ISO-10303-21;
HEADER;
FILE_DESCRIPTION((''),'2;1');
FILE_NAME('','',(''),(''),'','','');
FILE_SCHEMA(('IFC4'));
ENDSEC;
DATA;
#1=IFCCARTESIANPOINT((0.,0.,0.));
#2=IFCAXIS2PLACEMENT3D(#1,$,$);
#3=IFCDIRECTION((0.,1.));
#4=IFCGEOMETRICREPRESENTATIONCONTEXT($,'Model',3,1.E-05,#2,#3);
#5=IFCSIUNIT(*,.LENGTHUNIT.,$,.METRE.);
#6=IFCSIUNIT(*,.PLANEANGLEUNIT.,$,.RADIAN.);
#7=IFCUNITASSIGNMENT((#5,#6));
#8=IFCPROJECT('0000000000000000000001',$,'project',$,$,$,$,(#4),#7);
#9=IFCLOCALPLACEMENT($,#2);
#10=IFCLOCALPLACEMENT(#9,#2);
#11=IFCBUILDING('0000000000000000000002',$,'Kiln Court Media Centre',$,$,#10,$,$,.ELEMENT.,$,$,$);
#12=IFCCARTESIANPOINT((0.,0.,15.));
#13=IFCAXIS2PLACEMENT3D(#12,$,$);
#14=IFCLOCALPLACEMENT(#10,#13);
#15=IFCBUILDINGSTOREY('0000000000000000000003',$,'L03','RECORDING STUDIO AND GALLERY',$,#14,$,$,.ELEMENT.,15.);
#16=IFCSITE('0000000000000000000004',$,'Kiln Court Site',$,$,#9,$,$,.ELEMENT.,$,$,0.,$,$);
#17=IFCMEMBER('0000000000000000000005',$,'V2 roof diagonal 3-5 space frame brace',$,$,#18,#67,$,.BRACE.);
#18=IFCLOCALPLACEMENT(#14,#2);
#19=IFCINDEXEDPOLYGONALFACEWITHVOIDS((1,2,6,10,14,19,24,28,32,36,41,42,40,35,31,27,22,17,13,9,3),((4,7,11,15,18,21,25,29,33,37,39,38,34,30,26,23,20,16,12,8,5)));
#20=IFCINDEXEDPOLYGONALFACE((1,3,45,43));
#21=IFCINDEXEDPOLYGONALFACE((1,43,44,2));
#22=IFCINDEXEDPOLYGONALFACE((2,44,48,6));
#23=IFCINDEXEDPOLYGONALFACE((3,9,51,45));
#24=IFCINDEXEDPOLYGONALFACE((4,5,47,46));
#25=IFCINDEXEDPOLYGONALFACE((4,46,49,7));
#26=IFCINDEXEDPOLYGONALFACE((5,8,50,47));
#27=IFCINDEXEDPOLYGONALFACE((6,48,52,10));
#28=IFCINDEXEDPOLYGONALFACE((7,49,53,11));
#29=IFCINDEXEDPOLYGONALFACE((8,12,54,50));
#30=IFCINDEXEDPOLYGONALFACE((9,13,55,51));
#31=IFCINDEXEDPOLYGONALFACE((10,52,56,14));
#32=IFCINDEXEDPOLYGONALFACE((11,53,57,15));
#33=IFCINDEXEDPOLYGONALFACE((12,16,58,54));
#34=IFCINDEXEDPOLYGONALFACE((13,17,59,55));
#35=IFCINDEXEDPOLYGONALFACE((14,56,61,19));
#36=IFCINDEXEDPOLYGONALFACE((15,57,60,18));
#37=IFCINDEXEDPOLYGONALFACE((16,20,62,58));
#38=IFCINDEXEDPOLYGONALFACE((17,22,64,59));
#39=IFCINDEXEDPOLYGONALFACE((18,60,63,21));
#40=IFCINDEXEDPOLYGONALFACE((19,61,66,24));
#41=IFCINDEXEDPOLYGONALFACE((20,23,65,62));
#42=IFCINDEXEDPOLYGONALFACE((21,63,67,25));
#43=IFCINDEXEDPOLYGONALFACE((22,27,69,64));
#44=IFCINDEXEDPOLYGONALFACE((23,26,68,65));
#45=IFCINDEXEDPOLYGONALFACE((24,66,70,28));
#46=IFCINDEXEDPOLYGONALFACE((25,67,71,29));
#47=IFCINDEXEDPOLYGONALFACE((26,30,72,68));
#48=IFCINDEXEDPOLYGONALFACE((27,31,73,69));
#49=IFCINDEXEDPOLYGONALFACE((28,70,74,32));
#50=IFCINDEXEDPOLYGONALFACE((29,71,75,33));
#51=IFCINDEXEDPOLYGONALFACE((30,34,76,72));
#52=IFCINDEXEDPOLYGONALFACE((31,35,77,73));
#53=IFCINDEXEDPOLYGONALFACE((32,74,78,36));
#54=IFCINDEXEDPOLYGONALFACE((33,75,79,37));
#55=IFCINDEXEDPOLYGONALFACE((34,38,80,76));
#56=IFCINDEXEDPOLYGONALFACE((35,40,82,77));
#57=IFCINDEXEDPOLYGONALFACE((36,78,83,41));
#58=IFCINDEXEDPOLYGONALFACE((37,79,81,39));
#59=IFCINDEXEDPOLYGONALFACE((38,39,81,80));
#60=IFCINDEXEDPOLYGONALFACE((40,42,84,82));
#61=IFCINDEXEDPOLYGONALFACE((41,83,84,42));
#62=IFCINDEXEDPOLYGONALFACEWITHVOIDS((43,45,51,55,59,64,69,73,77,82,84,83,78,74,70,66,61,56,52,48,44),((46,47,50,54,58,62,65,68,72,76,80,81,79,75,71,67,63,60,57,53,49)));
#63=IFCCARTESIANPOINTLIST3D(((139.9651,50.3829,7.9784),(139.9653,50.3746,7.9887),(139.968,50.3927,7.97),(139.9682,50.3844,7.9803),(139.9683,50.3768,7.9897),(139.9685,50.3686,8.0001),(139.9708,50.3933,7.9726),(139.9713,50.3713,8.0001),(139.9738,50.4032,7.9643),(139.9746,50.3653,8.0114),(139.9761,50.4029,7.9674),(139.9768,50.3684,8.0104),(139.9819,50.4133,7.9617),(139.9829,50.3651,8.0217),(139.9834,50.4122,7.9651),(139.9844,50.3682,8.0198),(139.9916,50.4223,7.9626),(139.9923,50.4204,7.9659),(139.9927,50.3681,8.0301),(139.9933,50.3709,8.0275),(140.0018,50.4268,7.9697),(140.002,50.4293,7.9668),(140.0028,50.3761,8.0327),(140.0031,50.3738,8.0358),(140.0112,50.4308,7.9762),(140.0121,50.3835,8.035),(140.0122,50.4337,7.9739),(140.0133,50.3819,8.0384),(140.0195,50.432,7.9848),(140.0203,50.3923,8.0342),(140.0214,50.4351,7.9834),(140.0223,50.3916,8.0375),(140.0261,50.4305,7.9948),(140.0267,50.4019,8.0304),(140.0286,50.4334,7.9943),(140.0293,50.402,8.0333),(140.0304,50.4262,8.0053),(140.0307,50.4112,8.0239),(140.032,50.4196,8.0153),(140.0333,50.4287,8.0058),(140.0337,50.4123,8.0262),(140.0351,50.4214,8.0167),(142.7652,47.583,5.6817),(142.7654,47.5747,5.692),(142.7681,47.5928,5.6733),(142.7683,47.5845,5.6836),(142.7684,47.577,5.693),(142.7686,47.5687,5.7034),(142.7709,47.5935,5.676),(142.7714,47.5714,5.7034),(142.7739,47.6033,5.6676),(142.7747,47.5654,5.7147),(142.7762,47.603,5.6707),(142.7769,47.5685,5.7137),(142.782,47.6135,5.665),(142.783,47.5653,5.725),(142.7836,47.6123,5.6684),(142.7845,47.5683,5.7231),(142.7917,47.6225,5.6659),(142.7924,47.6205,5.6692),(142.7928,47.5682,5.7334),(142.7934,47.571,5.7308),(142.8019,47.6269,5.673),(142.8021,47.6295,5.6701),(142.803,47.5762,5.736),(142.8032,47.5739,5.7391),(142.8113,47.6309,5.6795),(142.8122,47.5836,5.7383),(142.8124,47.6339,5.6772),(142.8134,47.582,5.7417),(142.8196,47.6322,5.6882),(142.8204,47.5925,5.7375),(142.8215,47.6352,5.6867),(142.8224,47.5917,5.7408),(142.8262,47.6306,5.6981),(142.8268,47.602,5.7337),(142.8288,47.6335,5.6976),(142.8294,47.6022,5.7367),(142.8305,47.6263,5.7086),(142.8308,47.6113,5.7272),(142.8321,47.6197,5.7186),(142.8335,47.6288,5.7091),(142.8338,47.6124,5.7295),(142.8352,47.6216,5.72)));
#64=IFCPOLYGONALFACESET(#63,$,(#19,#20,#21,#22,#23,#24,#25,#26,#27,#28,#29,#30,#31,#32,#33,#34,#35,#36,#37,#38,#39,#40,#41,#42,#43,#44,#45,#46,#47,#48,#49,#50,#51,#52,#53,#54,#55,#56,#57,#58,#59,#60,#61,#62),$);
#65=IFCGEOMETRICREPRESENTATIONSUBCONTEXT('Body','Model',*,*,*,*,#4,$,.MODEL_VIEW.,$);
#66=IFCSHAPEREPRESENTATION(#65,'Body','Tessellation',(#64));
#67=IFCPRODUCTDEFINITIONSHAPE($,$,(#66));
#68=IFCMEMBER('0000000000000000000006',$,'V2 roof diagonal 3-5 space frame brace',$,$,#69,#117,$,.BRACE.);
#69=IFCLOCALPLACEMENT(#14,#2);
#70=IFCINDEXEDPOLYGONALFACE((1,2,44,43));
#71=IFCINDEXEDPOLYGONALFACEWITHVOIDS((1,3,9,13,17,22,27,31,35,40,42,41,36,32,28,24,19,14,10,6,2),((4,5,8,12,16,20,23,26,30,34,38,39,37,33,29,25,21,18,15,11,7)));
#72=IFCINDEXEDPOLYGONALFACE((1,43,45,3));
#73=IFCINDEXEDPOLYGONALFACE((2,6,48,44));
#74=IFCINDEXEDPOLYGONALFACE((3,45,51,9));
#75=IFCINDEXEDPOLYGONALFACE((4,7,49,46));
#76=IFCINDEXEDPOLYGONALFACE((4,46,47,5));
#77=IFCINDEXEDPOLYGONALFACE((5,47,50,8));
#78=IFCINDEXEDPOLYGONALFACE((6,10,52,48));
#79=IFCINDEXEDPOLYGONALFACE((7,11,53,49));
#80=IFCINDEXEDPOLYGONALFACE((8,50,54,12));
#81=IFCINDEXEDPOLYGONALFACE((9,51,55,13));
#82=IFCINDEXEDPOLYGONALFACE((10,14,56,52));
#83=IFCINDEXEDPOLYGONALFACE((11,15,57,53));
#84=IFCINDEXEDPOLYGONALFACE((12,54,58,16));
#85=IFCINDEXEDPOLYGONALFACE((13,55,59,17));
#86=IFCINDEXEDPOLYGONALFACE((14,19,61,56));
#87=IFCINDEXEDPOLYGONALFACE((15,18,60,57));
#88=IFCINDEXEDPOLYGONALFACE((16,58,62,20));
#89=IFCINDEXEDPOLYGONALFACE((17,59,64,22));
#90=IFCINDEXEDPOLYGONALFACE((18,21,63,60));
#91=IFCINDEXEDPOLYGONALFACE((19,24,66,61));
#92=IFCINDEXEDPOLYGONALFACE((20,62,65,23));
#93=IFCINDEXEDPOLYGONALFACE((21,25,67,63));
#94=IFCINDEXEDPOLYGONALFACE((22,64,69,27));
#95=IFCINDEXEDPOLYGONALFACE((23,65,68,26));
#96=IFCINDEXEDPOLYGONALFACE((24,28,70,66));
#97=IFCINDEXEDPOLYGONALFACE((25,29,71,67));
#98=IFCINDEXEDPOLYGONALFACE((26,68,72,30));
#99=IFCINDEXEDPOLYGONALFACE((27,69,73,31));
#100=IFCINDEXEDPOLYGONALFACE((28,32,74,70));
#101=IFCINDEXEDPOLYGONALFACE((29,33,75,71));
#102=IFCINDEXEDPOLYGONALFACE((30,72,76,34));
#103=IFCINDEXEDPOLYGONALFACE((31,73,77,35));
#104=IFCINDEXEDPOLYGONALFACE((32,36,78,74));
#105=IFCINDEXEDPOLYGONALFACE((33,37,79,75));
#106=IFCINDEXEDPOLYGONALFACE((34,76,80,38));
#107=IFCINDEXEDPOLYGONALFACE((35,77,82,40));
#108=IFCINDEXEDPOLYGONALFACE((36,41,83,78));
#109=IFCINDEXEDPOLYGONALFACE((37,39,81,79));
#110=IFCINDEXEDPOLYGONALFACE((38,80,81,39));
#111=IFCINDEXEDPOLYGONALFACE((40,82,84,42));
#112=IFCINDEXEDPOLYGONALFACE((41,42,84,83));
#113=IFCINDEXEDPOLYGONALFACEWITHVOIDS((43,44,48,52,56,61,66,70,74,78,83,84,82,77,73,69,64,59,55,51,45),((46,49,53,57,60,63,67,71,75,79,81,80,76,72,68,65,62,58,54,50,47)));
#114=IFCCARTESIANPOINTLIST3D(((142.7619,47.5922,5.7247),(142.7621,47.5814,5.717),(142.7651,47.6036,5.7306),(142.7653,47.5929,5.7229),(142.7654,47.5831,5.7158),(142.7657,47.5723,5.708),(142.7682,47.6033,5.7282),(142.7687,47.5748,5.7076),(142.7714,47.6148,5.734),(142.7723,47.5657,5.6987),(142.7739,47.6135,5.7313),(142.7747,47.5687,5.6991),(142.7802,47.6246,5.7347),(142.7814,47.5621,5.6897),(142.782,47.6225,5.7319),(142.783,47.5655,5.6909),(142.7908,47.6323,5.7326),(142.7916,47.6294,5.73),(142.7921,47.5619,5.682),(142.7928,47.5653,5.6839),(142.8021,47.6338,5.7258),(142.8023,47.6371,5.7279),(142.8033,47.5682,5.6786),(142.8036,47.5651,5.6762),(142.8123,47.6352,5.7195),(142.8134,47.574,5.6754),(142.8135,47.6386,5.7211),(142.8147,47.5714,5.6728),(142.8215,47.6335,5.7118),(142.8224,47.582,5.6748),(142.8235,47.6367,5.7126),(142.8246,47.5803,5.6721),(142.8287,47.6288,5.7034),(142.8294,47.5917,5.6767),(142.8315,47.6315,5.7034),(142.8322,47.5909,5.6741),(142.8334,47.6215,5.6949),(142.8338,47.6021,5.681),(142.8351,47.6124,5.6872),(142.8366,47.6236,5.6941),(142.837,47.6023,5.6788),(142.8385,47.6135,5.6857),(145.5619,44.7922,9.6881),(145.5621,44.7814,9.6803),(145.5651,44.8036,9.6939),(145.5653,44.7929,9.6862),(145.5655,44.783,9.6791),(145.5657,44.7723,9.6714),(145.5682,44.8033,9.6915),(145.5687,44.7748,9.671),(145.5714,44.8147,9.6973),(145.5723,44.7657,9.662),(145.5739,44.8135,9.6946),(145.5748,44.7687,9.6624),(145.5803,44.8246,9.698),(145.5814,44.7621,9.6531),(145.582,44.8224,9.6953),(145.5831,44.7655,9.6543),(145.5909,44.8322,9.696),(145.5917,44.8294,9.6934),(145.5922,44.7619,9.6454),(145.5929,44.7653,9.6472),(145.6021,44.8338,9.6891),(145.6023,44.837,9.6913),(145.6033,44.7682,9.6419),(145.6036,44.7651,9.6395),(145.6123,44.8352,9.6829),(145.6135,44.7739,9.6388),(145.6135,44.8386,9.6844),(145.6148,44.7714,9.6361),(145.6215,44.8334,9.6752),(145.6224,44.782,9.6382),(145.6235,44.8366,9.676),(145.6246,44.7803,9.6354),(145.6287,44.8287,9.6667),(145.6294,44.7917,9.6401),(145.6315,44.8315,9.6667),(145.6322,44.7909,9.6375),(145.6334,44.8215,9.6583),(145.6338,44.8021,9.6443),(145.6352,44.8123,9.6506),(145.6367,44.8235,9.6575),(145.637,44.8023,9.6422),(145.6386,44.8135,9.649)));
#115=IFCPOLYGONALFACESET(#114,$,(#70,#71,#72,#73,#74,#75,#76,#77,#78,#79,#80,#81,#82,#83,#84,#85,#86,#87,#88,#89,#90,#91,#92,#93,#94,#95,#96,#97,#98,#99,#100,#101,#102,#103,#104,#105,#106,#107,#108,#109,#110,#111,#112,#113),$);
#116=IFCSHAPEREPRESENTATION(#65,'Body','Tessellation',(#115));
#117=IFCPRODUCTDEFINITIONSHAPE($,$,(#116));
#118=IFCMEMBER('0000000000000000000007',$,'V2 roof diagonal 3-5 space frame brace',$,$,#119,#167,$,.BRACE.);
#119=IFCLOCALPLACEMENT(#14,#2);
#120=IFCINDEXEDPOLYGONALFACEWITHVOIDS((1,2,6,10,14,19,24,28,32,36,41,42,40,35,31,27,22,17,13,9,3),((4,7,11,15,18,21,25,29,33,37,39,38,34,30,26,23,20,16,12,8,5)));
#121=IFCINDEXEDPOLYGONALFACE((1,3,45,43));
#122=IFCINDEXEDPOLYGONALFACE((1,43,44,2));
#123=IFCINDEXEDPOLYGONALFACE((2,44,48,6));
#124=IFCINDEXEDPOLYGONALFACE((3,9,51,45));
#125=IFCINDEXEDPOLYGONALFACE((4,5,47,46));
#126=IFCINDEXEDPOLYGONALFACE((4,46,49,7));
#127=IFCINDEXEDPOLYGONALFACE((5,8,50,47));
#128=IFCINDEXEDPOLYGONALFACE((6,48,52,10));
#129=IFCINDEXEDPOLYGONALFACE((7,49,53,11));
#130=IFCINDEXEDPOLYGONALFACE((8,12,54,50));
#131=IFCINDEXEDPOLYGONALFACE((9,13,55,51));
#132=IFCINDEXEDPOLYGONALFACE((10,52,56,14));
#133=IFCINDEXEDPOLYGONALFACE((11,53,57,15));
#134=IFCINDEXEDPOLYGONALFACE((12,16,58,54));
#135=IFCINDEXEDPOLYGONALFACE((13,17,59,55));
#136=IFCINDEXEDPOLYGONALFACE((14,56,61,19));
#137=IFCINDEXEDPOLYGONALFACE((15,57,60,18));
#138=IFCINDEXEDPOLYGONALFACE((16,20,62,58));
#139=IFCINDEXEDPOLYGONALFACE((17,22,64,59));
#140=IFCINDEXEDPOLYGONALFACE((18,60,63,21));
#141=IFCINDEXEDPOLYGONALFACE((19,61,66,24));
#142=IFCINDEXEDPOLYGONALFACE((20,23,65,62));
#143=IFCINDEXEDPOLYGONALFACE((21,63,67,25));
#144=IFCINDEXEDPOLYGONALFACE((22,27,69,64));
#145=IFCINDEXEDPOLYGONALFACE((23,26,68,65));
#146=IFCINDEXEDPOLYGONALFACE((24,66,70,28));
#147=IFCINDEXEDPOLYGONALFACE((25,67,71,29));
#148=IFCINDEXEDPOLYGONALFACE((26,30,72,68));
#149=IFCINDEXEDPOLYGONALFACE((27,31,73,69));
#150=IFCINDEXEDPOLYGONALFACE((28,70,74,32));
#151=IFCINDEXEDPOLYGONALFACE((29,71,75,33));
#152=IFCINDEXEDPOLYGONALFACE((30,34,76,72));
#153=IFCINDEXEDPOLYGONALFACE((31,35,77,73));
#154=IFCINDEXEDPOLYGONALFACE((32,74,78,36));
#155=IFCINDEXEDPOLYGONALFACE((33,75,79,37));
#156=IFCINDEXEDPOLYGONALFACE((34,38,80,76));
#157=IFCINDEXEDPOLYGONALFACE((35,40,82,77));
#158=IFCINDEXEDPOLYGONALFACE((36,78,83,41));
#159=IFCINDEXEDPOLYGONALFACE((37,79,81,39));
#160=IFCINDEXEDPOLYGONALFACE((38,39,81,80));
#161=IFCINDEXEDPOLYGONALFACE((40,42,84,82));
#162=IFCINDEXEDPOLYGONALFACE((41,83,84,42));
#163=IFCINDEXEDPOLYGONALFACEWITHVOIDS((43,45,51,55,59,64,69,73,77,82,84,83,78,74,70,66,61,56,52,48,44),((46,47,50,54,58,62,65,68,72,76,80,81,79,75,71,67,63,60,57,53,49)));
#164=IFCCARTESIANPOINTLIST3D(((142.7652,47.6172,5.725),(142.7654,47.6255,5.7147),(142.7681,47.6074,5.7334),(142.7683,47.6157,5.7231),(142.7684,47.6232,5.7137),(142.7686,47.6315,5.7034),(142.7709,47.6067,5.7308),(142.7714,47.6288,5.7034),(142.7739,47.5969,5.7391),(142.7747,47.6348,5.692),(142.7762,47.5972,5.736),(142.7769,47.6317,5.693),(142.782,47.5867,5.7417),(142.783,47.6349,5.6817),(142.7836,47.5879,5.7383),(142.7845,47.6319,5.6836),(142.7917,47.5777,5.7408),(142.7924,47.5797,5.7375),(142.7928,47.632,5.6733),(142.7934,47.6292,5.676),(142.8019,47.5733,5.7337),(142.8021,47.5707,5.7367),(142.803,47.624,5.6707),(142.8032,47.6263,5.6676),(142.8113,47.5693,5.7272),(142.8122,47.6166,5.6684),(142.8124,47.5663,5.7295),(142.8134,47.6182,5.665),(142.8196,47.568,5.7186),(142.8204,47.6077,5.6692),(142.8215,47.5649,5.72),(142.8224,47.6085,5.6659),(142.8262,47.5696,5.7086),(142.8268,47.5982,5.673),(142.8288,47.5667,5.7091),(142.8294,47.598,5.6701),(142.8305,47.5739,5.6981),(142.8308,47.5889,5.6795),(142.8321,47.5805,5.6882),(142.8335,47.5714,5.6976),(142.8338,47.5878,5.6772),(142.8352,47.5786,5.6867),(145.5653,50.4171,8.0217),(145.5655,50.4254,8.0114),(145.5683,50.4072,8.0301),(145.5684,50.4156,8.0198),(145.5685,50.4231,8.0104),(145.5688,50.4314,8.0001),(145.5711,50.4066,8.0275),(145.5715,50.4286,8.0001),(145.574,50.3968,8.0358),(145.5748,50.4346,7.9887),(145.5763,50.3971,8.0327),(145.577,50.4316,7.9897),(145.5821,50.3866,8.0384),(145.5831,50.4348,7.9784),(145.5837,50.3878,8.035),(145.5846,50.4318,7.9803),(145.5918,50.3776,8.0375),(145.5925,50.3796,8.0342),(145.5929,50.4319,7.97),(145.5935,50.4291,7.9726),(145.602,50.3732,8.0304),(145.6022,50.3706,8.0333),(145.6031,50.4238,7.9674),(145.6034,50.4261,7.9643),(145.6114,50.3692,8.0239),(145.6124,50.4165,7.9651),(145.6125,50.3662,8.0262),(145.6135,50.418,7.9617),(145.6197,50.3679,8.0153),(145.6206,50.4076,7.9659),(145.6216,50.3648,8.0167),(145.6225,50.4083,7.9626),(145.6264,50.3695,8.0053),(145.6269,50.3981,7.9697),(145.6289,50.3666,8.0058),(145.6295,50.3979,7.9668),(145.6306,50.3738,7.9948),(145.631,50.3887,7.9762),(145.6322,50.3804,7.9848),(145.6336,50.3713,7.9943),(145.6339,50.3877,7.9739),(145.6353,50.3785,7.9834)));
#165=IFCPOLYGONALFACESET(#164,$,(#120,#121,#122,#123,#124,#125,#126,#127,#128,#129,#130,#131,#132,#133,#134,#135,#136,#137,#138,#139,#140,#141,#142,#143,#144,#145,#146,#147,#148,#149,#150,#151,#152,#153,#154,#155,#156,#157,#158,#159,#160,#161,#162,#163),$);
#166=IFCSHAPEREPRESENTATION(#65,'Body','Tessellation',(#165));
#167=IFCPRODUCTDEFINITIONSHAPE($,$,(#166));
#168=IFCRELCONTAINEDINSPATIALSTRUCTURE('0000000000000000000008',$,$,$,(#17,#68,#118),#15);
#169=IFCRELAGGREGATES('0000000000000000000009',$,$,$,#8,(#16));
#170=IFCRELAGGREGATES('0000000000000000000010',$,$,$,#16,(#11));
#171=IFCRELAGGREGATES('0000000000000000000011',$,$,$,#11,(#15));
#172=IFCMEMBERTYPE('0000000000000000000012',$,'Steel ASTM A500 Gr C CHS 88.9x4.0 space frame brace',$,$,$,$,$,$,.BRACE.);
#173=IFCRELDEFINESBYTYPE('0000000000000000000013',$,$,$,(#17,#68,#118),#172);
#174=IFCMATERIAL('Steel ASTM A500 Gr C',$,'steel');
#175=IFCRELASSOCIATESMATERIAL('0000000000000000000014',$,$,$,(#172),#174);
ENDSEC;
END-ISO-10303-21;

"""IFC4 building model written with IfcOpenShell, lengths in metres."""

from ifc_helpers import new_model, si_unit, direction, frame, origin, origin_2d, place, context, subcontext, project, spatial, hollow_circle, extrude, material, material_profile, profile_set, type_object, element, save


model = new_model("IFC4")

# Units and contexts
model_context = context("Model", 3, precision=1e-05, world=origin(), true_north=direction((0.0, 1.0)))
body_context = subcontext(model_context, "Body", "Model", "MODEL_VIEW")
ifc_project = project(units=[si_unit("LENGTHUNIT", "METRE"), si_unit("PLANEANGLEUNIT", "RADIAN")], contexts=[model_context])

# Site, building, storey
site_placement = place(None, origin())
site = spatial("IfcSite", under=ifc_project, at=site_placement, Name="Kiln Court Site", CompositionType="ELEMENT", RefElevation=0.0)
building_placement = place(site_placement, origin())
building = spatial("IfcBuilding", under=site, at=building_placement, Name="Kiln Court Media Centre", CompositionType="ELEMENT")
storey_placement = place(building_placement, frame((0.0, 0.0, 15.0)))
storey = spatial("IfcBuildingStorey", under=building, at=storey_placement, Name="L03", Description="RECORDING STUDIO AND GALLERY", CompositionType="ELEMENT", Elevation=15.0)

# Members
ifc_material_1 = material(Name="Steel ASTM A500 Gr C", Category="steel")
ifc_material_profile_1 = material_profile(ifc_material_1, hollow_circle(Radius=0.0444, WallThickness=0.0039, at=origin_2d()), Name="CHS 88.9x4.0")
ifc_profile_set_1 = profile_set([ifc_material_profile_1], Name="Steel ASTM A500 Gr C")
member_type_1 = type_object("IfcMemberType", Name="Steel ASTM A500 Gr C CHS 88.9x4.0 space frame brace", PredefinedType="BRACE", material=ifc_profile_set_1)
member_1_placement = place(storey_placement, frame((142.8, 47.6001, 5.7034), z_axis=(-0.611696, 0.611642, 0.501719), x_axis=(-0.707076, -0.707138, 0.0)))
element("IfcMember", 1, at=member_1_placement, inside=storey, type_object=member_type_1, Name="V2 roof diagonal 3-5 space frame brace", PredefinedType="BRACE", context=body_context, shape_type="SweptSolid", body=[
    extrude(hollow_circle(Radius=0.0444, WallThickness=0.0039, at=origin_2d()), origin(), (0.0, 0.0, 1.0), 4.5776),
])
member_2_placement = place(storey_placement, frame((142.8, 47.6001, 5.7034), z_axis=(0.499778, -0.499778, 0.70742), x_axis=(0.707107, 0.707107, 0.0)))
element("IfcMember", 2, at=member_2_placement, inside=storey, type_object=member_type_1, Name="V2 roof diagonal 3-5 space frame brace", PredefinedType="BRACE", context=body_context, shape_type="SweptSolid", body=[
    extrude(hollow_circle(Radius=0.0444, WallThickness=0.0039, at=origin_2d()), origin(), (0.0, 0.0, 1.0), 5.6025),
])
member_3_placement = place(storey_placement, frame((142.8, 47.6001, 5.7034), z_axis=(0.611696, 0.611642, 0.501719), x_axis=(-0.707076, 0.707138, 0.0)))
element("IfcMember", 3, at=member_3_placement, inside=storey, type_object=member_type_1, Name="V2 roof diagonal 3-5 space frame brace", PredefinedType="BRACE", context=body_context, shape_type="SweptSolid", body=[
    extrude(hollow_circle(Radius=0.0444, WallThickness=0.0039, at=origin_2d()), origin(), (0.0, 0.0, 1.0), 4.5776),
])

save(model, "model.ifc")
